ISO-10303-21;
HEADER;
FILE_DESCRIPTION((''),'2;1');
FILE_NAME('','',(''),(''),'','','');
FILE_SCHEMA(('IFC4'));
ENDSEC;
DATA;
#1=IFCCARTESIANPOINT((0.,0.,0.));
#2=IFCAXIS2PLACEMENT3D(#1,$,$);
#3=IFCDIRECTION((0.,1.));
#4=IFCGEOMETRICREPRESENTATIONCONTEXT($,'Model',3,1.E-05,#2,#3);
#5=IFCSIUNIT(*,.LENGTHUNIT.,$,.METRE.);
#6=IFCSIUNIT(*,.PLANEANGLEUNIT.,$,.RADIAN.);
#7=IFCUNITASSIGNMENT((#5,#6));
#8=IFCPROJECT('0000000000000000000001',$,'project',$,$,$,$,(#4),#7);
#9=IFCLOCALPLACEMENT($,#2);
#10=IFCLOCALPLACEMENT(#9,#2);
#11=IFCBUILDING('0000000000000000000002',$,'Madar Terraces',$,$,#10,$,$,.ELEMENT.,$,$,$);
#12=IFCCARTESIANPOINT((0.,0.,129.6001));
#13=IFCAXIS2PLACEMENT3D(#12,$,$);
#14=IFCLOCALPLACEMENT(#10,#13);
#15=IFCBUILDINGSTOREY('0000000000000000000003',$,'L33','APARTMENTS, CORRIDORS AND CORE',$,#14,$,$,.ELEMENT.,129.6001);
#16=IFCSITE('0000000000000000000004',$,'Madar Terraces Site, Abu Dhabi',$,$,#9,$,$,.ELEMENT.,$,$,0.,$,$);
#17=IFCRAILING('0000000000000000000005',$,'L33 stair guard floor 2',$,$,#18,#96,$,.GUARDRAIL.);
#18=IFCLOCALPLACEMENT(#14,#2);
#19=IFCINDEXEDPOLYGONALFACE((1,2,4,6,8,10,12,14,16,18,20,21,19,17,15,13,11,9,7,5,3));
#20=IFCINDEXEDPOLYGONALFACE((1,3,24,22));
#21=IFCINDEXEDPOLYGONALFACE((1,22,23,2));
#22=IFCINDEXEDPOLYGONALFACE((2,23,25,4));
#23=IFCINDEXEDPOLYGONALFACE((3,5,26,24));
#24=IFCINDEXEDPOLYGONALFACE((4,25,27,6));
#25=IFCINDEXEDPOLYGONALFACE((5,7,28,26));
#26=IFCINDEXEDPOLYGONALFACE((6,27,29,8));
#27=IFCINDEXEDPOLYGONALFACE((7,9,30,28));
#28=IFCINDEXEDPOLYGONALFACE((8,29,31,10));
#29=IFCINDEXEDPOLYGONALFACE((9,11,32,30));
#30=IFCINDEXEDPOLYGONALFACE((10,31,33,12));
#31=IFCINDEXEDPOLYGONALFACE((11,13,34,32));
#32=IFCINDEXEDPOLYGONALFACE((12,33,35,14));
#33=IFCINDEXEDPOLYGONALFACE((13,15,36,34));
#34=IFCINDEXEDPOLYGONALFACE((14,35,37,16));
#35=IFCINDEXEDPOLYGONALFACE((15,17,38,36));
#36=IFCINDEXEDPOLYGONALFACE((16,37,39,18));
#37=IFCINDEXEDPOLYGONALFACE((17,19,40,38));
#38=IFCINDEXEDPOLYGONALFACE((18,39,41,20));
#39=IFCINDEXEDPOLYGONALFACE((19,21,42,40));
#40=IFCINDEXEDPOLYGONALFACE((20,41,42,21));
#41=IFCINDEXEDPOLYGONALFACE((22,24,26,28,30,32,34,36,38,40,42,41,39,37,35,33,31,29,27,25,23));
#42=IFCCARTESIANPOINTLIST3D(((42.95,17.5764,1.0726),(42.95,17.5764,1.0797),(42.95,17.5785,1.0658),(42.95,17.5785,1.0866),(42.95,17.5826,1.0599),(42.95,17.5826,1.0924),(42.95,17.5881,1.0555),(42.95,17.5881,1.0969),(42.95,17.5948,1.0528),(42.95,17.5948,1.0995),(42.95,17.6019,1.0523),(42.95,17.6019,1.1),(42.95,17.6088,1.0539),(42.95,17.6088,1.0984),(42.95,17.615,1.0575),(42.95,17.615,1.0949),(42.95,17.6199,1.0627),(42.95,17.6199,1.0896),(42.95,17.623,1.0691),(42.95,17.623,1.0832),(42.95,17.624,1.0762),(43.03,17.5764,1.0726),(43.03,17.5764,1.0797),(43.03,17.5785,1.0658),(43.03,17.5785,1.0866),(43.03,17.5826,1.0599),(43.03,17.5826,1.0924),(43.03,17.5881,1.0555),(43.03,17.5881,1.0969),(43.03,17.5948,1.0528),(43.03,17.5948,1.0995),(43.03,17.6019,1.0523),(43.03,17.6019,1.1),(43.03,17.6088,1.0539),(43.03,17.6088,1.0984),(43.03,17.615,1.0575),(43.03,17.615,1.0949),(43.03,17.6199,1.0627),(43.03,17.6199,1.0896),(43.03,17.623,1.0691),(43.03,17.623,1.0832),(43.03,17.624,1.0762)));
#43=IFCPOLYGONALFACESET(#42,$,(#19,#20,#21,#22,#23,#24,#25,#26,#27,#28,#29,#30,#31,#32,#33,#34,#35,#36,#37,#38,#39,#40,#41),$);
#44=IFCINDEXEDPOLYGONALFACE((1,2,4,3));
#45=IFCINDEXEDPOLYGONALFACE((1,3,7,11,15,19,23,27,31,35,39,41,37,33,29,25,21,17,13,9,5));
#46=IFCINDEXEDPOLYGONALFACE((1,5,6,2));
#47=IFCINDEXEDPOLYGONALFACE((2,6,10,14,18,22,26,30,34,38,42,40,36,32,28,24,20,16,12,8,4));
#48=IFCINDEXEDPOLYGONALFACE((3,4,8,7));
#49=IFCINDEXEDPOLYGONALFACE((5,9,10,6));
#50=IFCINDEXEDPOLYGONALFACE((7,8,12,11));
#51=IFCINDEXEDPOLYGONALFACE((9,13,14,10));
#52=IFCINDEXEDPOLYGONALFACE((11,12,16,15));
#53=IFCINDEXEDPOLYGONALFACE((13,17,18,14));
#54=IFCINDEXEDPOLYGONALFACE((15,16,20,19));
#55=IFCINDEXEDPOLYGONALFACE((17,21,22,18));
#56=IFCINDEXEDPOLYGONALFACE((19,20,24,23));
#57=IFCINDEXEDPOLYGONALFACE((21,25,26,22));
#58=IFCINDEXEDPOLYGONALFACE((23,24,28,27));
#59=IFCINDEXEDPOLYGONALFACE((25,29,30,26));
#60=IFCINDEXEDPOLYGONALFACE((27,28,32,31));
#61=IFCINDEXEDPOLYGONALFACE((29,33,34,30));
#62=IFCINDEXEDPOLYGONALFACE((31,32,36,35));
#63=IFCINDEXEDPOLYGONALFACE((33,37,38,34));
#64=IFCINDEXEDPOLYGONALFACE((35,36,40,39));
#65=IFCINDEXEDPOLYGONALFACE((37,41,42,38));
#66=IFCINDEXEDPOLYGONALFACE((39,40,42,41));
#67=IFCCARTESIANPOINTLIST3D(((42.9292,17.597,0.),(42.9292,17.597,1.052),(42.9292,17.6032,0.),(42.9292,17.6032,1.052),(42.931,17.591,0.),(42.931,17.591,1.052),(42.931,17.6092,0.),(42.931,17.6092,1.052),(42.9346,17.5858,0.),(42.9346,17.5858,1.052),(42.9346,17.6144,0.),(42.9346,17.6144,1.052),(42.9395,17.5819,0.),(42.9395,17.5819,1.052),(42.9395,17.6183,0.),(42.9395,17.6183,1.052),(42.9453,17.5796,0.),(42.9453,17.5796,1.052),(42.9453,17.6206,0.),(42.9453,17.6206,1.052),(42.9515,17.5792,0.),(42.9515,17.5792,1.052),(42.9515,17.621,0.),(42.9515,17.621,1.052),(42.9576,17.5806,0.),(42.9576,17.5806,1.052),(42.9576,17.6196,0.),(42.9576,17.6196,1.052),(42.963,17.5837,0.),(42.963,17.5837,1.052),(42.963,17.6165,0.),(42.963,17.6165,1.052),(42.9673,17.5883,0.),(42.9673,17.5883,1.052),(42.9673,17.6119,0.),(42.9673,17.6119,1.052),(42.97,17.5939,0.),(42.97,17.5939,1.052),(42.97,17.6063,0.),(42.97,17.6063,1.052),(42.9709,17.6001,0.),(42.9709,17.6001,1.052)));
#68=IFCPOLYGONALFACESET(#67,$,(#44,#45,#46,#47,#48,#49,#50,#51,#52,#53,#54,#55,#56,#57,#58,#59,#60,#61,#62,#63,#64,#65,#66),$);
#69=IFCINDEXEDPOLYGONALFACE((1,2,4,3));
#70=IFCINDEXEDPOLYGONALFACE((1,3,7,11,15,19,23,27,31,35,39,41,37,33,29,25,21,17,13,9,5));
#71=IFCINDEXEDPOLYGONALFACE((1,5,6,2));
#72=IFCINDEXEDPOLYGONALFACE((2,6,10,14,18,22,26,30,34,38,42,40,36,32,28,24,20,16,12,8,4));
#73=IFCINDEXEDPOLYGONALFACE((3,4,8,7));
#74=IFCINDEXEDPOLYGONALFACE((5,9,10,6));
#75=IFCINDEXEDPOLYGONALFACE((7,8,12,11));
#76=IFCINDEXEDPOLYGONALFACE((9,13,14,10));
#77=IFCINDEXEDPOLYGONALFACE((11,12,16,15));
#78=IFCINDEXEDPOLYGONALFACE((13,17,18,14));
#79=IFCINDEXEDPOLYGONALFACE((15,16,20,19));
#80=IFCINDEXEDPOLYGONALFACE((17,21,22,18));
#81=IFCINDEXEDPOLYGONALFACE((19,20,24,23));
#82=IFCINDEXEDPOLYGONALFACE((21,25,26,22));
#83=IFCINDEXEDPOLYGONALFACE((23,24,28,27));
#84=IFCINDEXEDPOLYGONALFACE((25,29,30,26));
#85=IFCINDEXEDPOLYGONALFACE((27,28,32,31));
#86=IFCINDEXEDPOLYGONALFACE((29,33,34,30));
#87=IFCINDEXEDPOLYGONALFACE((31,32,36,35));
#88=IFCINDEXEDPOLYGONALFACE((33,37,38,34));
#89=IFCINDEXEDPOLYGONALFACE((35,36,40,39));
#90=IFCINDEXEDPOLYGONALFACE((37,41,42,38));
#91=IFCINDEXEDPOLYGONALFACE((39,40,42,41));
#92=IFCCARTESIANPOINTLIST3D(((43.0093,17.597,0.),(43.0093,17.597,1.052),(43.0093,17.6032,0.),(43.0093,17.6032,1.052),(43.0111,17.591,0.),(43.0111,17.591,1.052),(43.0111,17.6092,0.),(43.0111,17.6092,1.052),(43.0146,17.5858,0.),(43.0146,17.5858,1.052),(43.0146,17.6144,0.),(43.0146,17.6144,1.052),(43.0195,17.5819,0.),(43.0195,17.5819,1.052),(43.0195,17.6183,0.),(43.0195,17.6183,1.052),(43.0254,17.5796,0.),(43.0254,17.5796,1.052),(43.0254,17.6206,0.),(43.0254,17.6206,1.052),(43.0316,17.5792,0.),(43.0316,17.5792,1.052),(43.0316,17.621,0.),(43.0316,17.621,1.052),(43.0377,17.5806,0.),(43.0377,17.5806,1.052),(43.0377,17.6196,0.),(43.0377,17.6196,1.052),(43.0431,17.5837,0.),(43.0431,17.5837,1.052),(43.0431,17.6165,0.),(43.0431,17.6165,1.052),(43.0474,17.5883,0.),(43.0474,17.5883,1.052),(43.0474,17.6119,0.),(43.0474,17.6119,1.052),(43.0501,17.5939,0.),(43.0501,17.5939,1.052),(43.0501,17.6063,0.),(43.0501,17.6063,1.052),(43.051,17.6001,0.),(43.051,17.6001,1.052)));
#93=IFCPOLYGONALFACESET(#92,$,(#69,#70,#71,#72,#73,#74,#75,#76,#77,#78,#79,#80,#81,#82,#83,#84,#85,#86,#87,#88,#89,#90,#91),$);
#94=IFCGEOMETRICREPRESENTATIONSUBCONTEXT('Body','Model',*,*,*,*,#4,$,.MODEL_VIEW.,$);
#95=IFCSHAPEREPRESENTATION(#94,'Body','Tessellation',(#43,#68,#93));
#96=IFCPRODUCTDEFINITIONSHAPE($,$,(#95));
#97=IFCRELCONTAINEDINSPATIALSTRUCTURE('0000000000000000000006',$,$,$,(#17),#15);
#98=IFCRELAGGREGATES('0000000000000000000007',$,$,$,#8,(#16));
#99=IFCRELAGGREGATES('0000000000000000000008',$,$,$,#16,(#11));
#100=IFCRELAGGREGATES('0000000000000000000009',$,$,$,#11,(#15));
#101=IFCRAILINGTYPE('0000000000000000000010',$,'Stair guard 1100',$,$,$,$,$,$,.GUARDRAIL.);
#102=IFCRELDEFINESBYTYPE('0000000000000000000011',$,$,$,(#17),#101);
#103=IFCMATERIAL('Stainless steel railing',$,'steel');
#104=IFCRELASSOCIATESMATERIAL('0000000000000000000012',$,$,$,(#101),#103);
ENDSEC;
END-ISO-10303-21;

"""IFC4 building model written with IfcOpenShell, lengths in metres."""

from ifc_helpers import new_model, si_unit, direction, frame, origin, origin_2d, place, context, subcontext, project, spatial, circle, extrude, material, type_object, element, save


model = new_model("IFC4")

# Units and contexts
model_context = context("Model", 3, precision=1e-05, world=origin(), true_north=direction((0.0, 1.0)))
body_context = subcontext(model_context, "Body", "Model", "MODEL_VIEW")
ifc_project = project(units=[si_unit("LENGTHUNIT", "METRE"), si_unit("PLANEANGLEUNIT", "RADIAN")], contexts=[model_context])

# Site, building, storey
site_placement = place(None, origin())
site = spatial("IfcSite", under=ifc_project, at=site_placement, Name="Madar Terraces Site, Abu Dhabi", CompositionType="ELEMENT", RefElevation=0.0)
building_placement = place(site_placement, origin())
building = spatial("IfcBuilding", under=site, at=building_placement, Name="Madar Terraces", CompositionType="ELEMENT")
storey_placement = place(building_placement, frame((0.0, 0.0, 129.6001)))
storey = spatial("IfcBuildingStorey", under=building, at=storey_placement, Name="L33", Description="APARTMENTS, CORRIDORS AND CORE", CompositionType="ELEMENT", Elevation=129.6001)

# Railing
ifc_material_1 = material(Name="Stainless steel railing", Category="steel")
railing_type_1 = type_object("IfcRailingType", Name="Stair guard 1100", PredefinedType="GUARDRAIL", material=ifc_material_1)
railing_1_placement = place(storey_placement, frame((42.95, 17.6001, 0.0)))
element("IfcRailing", 1, at=railing_1_placement, inside=storey, type_object=railing_type_1, Name="L33 stair guard floor 2", PredefinedType="GUARDRAIL", context=body_context, shape_type="SweptSolid", body=[
    extrude(circle(Radius=0.0239, at=origin_2d()), frame((0.0, 0.0, 1.0762), z_axis=(1.0, 0.0, 0.0), x_axis=(0.0, 1.0, 0.0)), (0.0, 0.0, 1.0), 0.0801),
    extrude(circle(Radius=0.021, at=origin_2d()), origin(), (0.0, 0.0, 1.0), 1.052),
    extrude(circle(Radius=0.021, at=origin_2d()), frame((0.0801, 0.0, 0.0)), (0.0, 0.0, 1.0), 1.052),
])

save(model, "model.ifc")
